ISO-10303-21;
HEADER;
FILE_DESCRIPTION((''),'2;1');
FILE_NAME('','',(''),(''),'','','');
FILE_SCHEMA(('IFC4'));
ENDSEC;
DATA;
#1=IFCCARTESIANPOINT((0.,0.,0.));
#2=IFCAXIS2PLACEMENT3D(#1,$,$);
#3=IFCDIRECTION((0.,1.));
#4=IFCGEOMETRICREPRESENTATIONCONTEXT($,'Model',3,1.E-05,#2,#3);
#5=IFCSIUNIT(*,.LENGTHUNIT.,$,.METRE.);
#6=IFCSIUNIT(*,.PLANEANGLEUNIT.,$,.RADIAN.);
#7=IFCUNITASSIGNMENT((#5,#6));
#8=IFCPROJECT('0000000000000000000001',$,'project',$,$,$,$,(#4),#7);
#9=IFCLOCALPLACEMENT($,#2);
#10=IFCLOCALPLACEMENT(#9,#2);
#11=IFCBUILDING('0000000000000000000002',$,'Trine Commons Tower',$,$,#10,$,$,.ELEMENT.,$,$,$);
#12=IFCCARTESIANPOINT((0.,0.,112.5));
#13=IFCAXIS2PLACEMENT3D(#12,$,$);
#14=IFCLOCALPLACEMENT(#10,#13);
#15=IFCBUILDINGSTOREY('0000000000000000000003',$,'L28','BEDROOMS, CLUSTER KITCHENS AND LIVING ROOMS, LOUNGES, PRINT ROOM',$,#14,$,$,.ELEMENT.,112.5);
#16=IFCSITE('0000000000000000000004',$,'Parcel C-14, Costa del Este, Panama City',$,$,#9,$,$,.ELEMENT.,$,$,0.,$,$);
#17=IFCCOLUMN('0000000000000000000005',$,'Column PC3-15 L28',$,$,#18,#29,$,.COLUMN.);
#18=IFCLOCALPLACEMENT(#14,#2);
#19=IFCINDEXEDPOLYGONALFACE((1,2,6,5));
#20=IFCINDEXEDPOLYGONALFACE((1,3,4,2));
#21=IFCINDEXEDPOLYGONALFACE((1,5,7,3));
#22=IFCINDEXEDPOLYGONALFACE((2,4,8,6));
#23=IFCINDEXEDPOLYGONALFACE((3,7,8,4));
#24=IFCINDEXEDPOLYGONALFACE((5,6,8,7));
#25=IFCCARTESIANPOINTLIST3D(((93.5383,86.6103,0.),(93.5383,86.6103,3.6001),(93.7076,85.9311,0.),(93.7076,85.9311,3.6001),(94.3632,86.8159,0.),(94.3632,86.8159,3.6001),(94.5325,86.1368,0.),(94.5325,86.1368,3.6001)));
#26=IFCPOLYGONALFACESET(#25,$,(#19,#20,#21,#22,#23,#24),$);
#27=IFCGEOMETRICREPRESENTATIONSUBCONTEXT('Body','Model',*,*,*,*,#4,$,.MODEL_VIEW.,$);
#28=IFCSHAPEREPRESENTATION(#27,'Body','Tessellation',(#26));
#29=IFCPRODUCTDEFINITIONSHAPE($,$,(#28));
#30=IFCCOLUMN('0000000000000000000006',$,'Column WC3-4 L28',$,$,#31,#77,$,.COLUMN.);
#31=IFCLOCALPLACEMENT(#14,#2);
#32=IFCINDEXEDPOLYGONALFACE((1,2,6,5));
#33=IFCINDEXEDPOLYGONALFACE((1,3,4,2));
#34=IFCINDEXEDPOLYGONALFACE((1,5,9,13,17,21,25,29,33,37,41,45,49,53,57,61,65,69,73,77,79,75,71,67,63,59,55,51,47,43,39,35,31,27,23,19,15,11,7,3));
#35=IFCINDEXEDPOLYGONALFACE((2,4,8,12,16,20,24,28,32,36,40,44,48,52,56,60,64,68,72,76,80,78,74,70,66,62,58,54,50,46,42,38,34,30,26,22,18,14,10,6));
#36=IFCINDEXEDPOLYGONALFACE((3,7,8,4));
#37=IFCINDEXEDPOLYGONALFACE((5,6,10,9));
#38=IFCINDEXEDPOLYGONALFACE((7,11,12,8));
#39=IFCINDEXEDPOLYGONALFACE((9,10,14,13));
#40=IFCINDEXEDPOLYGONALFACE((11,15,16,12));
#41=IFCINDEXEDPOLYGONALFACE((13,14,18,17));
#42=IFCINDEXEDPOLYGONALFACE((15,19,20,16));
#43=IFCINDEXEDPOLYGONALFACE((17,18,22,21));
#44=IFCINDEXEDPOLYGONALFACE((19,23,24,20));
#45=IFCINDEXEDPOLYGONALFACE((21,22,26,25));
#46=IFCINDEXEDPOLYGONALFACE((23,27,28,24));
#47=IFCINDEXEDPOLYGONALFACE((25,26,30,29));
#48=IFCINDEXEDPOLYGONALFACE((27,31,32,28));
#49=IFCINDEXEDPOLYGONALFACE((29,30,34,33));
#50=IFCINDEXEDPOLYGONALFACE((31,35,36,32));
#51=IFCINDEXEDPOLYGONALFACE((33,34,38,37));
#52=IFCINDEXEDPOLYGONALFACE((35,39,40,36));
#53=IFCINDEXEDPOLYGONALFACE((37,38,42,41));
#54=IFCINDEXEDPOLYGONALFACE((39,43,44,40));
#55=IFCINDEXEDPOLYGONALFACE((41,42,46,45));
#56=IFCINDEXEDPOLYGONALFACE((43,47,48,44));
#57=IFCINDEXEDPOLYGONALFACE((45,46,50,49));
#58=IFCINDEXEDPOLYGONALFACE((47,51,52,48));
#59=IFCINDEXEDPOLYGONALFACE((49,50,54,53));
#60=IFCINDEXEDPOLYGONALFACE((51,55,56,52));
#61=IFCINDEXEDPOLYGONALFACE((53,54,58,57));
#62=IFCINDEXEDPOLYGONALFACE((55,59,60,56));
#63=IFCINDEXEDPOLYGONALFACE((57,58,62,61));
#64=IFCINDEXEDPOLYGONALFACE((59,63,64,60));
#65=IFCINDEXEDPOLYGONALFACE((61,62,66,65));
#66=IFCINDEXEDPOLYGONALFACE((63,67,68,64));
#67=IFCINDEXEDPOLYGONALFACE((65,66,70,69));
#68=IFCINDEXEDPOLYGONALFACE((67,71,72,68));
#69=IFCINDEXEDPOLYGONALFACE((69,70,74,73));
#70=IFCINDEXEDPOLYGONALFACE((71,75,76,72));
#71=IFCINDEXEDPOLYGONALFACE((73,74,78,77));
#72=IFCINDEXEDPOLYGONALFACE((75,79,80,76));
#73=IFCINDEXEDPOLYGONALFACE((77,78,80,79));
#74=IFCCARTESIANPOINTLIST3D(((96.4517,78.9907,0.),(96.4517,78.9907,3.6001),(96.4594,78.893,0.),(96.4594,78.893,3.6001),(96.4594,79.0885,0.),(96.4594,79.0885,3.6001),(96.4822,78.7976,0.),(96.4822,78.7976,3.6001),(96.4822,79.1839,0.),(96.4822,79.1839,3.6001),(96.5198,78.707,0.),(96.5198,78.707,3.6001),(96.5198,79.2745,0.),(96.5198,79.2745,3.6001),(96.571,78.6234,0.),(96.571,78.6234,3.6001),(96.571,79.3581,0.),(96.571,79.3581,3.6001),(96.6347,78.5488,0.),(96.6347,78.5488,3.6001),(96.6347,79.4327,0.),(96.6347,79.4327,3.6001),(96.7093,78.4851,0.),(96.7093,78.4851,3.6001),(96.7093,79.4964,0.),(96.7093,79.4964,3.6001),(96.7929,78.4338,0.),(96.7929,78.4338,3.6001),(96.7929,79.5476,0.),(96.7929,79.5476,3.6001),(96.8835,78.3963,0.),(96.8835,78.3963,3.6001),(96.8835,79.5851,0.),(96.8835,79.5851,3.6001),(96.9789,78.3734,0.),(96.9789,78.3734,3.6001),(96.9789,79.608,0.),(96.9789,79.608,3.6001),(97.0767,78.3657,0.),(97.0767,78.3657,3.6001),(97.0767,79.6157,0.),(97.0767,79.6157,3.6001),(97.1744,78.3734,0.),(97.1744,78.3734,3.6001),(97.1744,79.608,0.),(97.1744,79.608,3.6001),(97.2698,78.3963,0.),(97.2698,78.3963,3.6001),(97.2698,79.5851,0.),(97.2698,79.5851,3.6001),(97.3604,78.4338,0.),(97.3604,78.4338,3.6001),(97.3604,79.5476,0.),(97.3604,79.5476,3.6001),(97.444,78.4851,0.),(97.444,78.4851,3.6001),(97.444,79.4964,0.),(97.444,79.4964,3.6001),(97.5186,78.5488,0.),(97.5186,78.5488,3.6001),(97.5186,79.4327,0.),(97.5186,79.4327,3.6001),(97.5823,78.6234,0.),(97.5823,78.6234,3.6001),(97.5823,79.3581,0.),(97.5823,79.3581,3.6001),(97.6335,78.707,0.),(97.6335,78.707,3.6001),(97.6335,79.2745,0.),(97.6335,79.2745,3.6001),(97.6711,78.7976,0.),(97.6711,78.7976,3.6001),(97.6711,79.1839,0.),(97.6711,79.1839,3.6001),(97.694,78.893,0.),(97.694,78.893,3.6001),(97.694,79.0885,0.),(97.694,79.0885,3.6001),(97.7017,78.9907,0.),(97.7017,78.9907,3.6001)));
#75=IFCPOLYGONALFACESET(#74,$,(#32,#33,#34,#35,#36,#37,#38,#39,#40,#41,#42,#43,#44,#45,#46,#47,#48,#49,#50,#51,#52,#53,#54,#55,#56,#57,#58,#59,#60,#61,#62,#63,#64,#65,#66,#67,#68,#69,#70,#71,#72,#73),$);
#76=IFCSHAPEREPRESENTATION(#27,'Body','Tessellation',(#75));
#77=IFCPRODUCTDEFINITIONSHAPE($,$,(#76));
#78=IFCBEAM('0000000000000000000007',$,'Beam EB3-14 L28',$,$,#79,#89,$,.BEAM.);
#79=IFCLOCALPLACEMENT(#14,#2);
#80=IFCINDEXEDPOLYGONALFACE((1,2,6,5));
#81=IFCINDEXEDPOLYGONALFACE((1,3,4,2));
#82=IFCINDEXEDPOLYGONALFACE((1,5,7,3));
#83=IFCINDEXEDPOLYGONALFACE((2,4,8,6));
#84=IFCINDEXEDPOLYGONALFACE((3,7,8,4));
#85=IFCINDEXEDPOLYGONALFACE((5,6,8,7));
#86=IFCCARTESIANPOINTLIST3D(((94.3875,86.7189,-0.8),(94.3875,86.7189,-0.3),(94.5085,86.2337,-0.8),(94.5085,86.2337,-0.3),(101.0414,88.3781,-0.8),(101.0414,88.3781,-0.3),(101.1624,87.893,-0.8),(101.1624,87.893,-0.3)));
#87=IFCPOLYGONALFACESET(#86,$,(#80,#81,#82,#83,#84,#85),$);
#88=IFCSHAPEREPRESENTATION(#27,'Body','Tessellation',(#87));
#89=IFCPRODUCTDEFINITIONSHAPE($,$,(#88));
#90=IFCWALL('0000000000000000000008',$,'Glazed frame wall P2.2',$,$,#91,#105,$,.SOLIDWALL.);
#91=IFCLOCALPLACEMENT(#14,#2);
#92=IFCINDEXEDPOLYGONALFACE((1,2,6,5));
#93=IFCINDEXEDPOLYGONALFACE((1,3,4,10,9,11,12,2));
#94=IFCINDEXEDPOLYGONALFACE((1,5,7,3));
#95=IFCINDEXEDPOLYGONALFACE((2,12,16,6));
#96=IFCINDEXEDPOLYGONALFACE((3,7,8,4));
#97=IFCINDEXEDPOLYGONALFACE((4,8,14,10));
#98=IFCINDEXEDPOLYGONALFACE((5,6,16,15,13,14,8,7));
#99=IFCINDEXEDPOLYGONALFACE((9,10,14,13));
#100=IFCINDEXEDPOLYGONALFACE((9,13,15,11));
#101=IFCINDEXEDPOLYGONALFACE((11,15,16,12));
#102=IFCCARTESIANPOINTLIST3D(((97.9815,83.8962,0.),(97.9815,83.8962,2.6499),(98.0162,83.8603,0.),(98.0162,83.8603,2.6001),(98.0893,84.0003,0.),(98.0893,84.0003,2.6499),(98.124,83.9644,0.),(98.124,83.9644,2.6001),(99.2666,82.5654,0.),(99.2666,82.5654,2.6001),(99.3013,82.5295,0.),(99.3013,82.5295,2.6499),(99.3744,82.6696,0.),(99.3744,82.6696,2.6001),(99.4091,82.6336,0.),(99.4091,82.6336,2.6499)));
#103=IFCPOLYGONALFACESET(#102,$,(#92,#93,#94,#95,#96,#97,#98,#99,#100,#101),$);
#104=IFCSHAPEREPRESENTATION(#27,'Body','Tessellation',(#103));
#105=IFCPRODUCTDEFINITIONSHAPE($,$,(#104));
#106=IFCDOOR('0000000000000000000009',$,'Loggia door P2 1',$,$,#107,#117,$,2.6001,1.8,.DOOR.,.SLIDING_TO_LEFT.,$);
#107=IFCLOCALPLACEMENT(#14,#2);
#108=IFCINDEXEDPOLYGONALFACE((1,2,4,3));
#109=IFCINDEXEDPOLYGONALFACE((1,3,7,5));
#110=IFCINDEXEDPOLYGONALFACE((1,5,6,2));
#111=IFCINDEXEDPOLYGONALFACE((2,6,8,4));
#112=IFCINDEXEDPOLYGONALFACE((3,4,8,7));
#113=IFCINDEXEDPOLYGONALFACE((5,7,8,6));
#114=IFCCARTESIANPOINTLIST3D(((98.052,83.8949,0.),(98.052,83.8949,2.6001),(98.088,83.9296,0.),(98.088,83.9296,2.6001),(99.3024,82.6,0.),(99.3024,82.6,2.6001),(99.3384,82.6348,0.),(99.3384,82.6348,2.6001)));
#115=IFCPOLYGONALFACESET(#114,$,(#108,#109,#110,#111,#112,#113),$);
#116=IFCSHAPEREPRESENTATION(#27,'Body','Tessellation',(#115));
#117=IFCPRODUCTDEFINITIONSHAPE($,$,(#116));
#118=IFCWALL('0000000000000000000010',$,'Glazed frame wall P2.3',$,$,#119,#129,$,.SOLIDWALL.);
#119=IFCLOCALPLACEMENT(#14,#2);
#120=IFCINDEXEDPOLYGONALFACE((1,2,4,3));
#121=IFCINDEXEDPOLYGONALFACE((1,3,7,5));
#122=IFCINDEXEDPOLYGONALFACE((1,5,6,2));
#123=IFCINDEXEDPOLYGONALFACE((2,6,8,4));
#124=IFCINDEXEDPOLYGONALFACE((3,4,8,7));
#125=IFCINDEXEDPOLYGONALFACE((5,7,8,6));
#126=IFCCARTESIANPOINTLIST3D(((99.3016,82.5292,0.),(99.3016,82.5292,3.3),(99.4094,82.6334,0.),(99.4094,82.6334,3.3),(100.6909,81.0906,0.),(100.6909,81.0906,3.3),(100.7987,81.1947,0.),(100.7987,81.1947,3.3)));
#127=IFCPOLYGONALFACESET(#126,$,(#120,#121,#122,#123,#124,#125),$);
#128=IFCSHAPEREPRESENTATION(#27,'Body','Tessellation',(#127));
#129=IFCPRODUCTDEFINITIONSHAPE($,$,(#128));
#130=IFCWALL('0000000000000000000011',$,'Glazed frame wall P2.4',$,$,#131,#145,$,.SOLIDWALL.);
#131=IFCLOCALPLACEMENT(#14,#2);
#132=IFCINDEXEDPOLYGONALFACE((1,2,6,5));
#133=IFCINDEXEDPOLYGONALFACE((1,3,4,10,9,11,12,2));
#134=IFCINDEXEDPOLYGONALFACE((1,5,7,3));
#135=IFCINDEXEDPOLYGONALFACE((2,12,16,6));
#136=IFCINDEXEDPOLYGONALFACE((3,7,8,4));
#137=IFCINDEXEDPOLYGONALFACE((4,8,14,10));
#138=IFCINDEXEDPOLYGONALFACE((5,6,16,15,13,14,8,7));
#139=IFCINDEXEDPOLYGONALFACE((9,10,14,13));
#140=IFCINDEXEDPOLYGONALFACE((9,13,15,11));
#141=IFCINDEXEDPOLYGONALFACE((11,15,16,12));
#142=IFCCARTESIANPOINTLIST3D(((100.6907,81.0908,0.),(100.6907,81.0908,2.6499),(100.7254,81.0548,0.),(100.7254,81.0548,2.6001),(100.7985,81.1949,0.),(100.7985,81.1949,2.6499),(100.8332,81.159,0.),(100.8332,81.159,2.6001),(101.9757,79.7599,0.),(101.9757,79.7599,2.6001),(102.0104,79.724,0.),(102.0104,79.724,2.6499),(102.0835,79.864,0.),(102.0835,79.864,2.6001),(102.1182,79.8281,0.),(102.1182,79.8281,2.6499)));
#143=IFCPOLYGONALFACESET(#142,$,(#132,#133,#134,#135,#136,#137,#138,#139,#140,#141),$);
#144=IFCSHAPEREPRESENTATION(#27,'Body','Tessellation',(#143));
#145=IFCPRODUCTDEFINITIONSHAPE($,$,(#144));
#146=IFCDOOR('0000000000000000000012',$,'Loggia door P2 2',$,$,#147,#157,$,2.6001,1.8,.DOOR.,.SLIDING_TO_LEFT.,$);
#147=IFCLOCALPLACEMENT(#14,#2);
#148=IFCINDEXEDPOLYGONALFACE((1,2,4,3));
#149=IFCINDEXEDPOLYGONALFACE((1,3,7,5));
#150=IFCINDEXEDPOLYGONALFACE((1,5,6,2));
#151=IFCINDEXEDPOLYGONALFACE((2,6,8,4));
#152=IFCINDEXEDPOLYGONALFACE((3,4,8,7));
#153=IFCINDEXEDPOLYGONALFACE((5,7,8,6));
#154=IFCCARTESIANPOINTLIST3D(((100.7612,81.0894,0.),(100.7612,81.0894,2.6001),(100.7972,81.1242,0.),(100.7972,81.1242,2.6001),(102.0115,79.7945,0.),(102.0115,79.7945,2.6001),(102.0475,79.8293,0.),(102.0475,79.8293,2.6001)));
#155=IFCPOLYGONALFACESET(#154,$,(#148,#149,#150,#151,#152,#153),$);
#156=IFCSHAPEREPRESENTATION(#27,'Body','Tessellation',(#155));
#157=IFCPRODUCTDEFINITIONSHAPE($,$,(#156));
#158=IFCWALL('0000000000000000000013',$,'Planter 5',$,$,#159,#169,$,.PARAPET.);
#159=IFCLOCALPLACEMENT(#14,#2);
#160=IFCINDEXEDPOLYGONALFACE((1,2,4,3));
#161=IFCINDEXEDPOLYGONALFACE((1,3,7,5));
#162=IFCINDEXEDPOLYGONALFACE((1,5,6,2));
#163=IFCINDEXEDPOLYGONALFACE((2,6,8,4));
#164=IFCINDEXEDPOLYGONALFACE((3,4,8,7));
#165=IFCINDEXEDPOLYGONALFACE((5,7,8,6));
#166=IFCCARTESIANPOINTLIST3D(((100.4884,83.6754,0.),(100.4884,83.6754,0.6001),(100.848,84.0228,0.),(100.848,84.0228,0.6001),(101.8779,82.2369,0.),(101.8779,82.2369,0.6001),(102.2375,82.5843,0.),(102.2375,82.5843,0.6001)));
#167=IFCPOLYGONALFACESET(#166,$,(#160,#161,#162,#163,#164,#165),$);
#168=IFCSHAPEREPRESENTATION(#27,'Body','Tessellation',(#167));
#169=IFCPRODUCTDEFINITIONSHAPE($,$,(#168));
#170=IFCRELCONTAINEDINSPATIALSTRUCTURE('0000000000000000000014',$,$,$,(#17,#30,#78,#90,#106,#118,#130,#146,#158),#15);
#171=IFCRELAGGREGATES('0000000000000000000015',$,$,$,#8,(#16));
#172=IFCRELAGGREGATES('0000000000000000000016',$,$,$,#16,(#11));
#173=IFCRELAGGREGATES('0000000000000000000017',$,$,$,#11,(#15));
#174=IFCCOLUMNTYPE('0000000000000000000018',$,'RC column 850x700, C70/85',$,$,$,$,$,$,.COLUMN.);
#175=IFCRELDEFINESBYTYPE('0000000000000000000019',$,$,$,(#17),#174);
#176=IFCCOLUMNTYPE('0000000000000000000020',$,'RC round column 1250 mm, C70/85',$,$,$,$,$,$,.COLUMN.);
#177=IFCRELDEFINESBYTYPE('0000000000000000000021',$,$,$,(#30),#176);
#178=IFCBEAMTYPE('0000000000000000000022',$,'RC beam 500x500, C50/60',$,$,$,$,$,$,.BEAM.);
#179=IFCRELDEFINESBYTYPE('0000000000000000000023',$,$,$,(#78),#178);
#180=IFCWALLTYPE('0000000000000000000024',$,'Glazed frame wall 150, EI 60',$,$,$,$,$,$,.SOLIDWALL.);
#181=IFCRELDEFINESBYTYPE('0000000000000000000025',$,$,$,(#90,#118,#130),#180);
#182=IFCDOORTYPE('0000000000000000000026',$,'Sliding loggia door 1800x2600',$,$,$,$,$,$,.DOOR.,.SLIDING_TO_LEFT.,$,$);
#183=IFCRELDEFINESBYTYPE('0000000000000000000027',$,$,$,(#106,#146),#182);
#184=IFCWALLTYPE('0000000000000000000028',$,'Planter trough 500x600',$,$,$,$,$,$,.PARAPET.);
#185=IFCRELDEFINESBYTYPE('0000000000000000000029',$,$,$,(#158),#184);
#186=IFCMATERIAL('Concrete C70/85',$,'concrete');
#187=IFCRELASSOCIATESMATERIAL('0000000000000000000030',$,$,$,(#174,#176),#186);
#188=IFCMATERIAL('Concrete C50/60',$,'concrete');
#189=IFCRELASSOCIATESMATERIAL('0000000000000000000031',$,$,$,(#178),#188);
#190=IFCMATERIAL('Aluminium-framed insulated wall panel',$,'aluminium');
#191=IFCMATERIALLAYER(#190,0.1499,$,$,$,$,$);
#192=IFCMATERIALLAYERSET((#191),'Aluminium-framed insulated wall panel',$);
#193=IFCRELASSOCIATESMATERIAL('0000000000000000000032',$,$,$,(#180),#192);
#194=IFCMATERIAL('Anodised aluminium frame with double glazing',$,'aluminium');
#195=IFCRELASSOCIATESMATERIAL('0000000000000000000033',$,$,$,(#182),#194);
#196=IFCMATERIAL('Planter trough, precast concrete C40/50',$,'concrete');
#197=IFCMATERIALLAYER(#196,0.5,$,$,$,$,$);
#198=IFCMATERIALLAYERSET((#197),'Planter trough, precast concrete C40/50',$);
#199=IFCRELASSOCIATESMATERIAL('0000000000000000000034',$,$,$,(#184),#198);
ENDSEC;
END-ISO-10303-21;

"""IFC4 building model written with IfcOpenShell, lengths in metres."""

from ifc_helpers import new_model, si_unit, direction, frame, frame_2d, origin, origin_2d, place, context, subcontext, project, spatial, polyline, rectangle, circle, outline, extrude, material, layer, layer_set, material_profile, profile_set, type_object, element, fill, save


model = new_model("IFC4")

# Units and contexts
model_context = context("Model", 3, precision=1e-05, world=origin(), true_north=direction((0.0, 1.0)))
body_context = subcontext(model_context, "Body", "Model", "MODEL_VIEW")
ifc_project = project(units=[si_unit("LENGTHUNIT", "METRE"), si_unit("PLANEANGLEUNIT", "RADIAN")], contexts=[model_context])

# Site, building, storey
site_placement = place(None, origin())
site = spatial("IfcSite", under=ifc_project, at=site_placement, Name="Parcel C-14, Costa del Este, Panama City", CompositionType="ELEMENT", RefElevation=0.0)
building_placement = place(site_placement, origin())
building = spatial("IfcBuilding", under=site, at=building_placement, Name="Trine Commons Tower", CompositionType="ELEMENT")
storey_placement = place(building_placement, frame((0.0, 0.0, 112.5)))
storey = spatial("IfcBuildingStorey", under=building, at=storey_placement, Name="L28", Description="BEDROOMS, CLUSTER KITCHENS AND LIVING ROOMS, LOUNGES, PRINT ROOM", CompositionType="ELEMENT", Elevation=112.5)

# Columns
ifc_material_1 = material(Name="Concrete C70/85", Category="concrete")
ifc_material_profile_1 = material_profile(ifc_material_1, rectangle(XDim=0.8501, YDim=0.7, at=origin_2d()), Name="RC 850x700")
ifc_profile_set_1 = profile_set([ifc_material_profile_1], Name="Concrete C70/85")
column_type_1 = type_object("IfcColumnType", Name="RC column 850x700, C70/85", PredefinedType="COLUMN", material=ifc_profile_set_1)
column_1_placement = place(storey_placement, frame((94.0354, 86.3735, 0.0), z_axis=(0.0, 0.0, 1.0), x_axis=(0.970296, 0.241922, 0.0)))
element("IfcColumn", 1, at=column_1_placement, inside=storey, type_object=column_type_1, Name="Column PC3-15 L28", PredefinedType="COLUMN", context=body_context, shape_type="SweptSolid", body=[
    extrude(rectangle(XDim=0.8501, YDim=0.7, at=origin_2d()), origin(), (0.0, 0.0, 1.0), 3.6001),
])
ifc_material_profile_2 = material_profile(ifc_material_1, circle(Radius=0.625, at=origin_2d()), Name="RC round 1250")
ifc_profile_set_2 = profile_set([ifc_material_profile_2], Name="Concrete C70/85")
column_type_2 = type_object("IfcColumnType", Name="RC round column 1250 mm, C70/85", PredefinedType="COLUMN", material=ifc_profile_set_2)
column_2_placement = place(storey_placement, frame((97.0767, 78.9907, 0.0), z_axis=(0.0, 0.0, 1.0), x_axis=(1.0, 0.0, 0.0)))
element("IfcColumn", 2, at=column_2_placement, inside=storey, type_object=column_type_2, Name="Column WC3-4 L28", PredefinedType="COLUMN", context=body_context, shape_type="SweptSolid", body=[
    extrude(circle(Radius=0.625, at=origin_2d()), origin(), (0.0, 0.0, 1.0), 3.6001),
])

# Beam
ifc_material_2 = material(Name="Concrete C50/60", Category="concrete")
ifc_material_profile_3 = material_profile(ifc_material_2, rectangle(XDim=0.5, YDim=0.5, at=origin_2d()), Name="RC 500x500")
ifc_profile_set_3 = profile_set([ifc_material_profile_3], Name="Concrete C50/60")
beam_type = type_object("IfcBeamType", Name="RC beam 500x500, C50/60", PredefinedType="BEAM", material=ifc_profile_set_3)
beam_placement = place(storey_placement, frame((94.448, 86.4763, -0.55), z_axis=(0.970289, 0.241949, 0.0), x_axis=(-0.241949, 0.970289, 0.0)))
element("IfcBeam", 3, at=beam_placement, inside=storey, type_object=beam_type, Name="Beam EB3-14 L28", PredefinedType="BEAM", context=body_context, shape_type="SweptSolid", body=[
    extrude(rectangle(XDim=0.5, YDim=0.5, at=origin_2d()), origin(), (0.0, 0.0, 1.0), 6.8577),
])

# Shared definitions
ifc_material_3 = material(Name="Aluminium-framed insulated wall panel", Category="aluminium")
ifc_layer_1 = layer(ifc_material_3, 0.1499)
ifc_layer_set_1 = layer_set([ifc_layer_1], Name="Aluminium-framed insulated wall panel")
wall_type_1 = type_object("IfcWallType", Name="Glazed frame wall 150, EI 60", PredefinedType="SOLIDWALL", material=ifc_layer_set_1)

# Wall, opening, door
wall_1_placement = place(storey_placement, frame((98.0354, 83.9482, 0.0), z_axis=(0.0, 0.0, 1.0), x_axis=(0.694666, -0.719333, 0.0)))
wall_1 = element("IfcWall", 4, at=wall_1_placement, inside=storey, type_object=wall_type_1, Name="Glazed frame wall P2.2", PredefinedType="SOLIDWALL", context=body_context, shape_type="SweptSolid", body=[
    extrude(outline(polyline([(0.0, -0.075), (1.8999, -0.075), (1.8999, 0.075), (0.0, 0.075), (0.0, -0.075)])), origin(), (0.0, 0.0, 1.0), 2.6499),
])
opening_1_placement = place(wall_1_placement, frame((0.05, 0.0, 0.0)))
opening_1 = element("IfcOpeningElement", 5, at=opening_1_placement, cuts=wall_1, PredefinedType="OPENING", context=body_context, shape_type="SweptSolid", body=[
    extrude(rectangle(XDim=1.8, YDim=2.6001, at=frame_2d((0.8999, 1.3))), frame((0.0, 0.085, 0.0), z_axis=(0.0, -1.0, 0.0), x_axis=(1.0, 0.0, 0.0)), (0.0, 0.0, 1.0), 0.1699),
])
ifc_material_4 = material(Name="Anodised aluminium frame with double glazing", Category="aluminium")
door_type_1 = type_object("IfcDoorType", Name="Sliding loggia door 1800x2600", OperationType="SLIDING_TO_LEFT", PredefinedType="DOOR", material=ifc_material_4)
door_1_placement = place(opening_1_placement, origin())
door_1 = element("IfcDoor", 6, at=door_1_placement, inside=storey, type_object=door_type_1, Name="Loggia door P2 1", OperationType="SLIDING_TO_LEFT", OverallHeight=2.6001, OverallWidth=1.8, PredefinedType="DOOR", context=body_context, shape_type="SweptSolid", body=[
    extrude(rectangle(XDim=1.8, YDim=2.6001, at=frame_2d((0.8999, 1.3))), frame((0.0, 0.0249, 0.0), z_axis=(0.0, -1.0, 0.0), x_axis=(1.0, 0.0, 0.0)), (0.0, 0.0, 1.0), 0.05),
])
fill(opening_1, door_1)

# Wall
wall_2_placement = place(storey_placement, frame((99.3555, 82.5813, 0.0), z_axis=(0.0, 0.0, 1.0), x_axis=(0.694669, -0.71933, 0.0)))
element("IfcWall", 7, at=wall_2_placement, inside=storey, type_object=wall_type_1, Name="Glazed frame wall P2.3", PredefinedType="SOLIDWALL", context=body_context, shape_type="SweptSolid", body=[
    extrude(outline(polyline([(0.0, -0.075), (2.0, -0.075), (2.0, 0.075), (0.0, 0.075), (0.0, -0.075)])), origin(), (0.0, 0.0, 1.0), 3.3),
])

# Wall, opening, door
wall_3_placement = place(storey_placement, frame((100.7446, 81.1428, 0.0), z_axis=(0.0, 0.0, 1.0), x_axis=(0.694599, -0.719397, 0.0)))
wall_3 = element("IfcWall", 8, at=wall_3_placement, inside=storey, type_object=wall_type_1, Name="Glazed frame wall P2.4", PredefinedType="SOLIDWALL", context=body_context, shape_type="SweptSolid", body=[
    extrude(outline(polyline([(0.0, -0.075), (1.8999, -0.075), (1.8999, 0.075), (0.0, 0.075), (0.0, -0.075)])), origin(), (0.0, 0.0, 1.0), 2.6499),
])
opening_2_placement = place(wall_3_placement, frame((0.05, 0.0, 0.0)))
opening_2 = element("IfcOpeningElement", 9, at=opening_2_placement, cuts=wall_3, PredefinedType="OPENING", context=body_context, shape_type="SweptSolid", body=[
    extrude(rectangle(XDim=1.8, YDim=2.6001, at=frame_2d((0.8999, 1.3))), frame((0.0, 0.085, 0.0), z_axis=(0.0, -1.0, 0.0), x_axis=(1.0, 0.0, 0.0)), (0.0, 0.0, 1.0), 0.1699),
])
door_2_placement = place(opening_2_placement, origin())
door_2 = element("IfcDoor", 10, at=door_2_placement, inside=storey, type_object=door_type_1, Name="Loggia door P2 2", OperationType="SLIDING_TO_LEFT", OverallHeight=2.6001, OverallWidth=1.8, PredefinedType="DOOR", context=body_context, shape_type="SweptSolid", body=[
    extrude(rectangle(XDim=1.8, YDim=2.6001, at=frame_2d((0.8999, 1.3))), frame((0.0, 0.0249, 0.0), z_axis=(0.0, -1.0, 0.0), x_axis=(1.0, 0.0, 0.0)), (0.0, 0.0, 1.0), 0.05),
])
fill(opening_2, door_2)

# Wall
ifc_material_5 = material(Name="Planter trough, precast concrete C40/50", Category="concrete")
ifc_layer_2 = layer(ifc_material_5, 0.5)
ifc_layer_set_2 = layer_set([ifc_layer_2], Name="Planter trough, precast concrete C40/50")
wall_type_2 = type_object("IfcWallType", Name="Planter trough 500x600", PredefinedType="PARAPET", material=ifc_layer_set_2)
wall_4_placement = place(storey_placement, frame((100.6682, 83.8491, 0.0), z_axis=(0.0, 0.0, 1.0), x_axis=(0.694732, -0.719269, 0.0)))
element("IfcWall", 11, at=wall_4_placement, inside=storey, type_object=wall_type_2, Name="Planter 5", PredefinedType="PARAPET", context=body_context, shape_type="SweptSolid", body=[
    extrude(rectangle(XDim=2.0, YDim=0.5, at=frame_2d((1.0, 0.0))), origin(), (0.0, 0.0, 1.0), 0.6001),
])

save(model, "model.ifc")
